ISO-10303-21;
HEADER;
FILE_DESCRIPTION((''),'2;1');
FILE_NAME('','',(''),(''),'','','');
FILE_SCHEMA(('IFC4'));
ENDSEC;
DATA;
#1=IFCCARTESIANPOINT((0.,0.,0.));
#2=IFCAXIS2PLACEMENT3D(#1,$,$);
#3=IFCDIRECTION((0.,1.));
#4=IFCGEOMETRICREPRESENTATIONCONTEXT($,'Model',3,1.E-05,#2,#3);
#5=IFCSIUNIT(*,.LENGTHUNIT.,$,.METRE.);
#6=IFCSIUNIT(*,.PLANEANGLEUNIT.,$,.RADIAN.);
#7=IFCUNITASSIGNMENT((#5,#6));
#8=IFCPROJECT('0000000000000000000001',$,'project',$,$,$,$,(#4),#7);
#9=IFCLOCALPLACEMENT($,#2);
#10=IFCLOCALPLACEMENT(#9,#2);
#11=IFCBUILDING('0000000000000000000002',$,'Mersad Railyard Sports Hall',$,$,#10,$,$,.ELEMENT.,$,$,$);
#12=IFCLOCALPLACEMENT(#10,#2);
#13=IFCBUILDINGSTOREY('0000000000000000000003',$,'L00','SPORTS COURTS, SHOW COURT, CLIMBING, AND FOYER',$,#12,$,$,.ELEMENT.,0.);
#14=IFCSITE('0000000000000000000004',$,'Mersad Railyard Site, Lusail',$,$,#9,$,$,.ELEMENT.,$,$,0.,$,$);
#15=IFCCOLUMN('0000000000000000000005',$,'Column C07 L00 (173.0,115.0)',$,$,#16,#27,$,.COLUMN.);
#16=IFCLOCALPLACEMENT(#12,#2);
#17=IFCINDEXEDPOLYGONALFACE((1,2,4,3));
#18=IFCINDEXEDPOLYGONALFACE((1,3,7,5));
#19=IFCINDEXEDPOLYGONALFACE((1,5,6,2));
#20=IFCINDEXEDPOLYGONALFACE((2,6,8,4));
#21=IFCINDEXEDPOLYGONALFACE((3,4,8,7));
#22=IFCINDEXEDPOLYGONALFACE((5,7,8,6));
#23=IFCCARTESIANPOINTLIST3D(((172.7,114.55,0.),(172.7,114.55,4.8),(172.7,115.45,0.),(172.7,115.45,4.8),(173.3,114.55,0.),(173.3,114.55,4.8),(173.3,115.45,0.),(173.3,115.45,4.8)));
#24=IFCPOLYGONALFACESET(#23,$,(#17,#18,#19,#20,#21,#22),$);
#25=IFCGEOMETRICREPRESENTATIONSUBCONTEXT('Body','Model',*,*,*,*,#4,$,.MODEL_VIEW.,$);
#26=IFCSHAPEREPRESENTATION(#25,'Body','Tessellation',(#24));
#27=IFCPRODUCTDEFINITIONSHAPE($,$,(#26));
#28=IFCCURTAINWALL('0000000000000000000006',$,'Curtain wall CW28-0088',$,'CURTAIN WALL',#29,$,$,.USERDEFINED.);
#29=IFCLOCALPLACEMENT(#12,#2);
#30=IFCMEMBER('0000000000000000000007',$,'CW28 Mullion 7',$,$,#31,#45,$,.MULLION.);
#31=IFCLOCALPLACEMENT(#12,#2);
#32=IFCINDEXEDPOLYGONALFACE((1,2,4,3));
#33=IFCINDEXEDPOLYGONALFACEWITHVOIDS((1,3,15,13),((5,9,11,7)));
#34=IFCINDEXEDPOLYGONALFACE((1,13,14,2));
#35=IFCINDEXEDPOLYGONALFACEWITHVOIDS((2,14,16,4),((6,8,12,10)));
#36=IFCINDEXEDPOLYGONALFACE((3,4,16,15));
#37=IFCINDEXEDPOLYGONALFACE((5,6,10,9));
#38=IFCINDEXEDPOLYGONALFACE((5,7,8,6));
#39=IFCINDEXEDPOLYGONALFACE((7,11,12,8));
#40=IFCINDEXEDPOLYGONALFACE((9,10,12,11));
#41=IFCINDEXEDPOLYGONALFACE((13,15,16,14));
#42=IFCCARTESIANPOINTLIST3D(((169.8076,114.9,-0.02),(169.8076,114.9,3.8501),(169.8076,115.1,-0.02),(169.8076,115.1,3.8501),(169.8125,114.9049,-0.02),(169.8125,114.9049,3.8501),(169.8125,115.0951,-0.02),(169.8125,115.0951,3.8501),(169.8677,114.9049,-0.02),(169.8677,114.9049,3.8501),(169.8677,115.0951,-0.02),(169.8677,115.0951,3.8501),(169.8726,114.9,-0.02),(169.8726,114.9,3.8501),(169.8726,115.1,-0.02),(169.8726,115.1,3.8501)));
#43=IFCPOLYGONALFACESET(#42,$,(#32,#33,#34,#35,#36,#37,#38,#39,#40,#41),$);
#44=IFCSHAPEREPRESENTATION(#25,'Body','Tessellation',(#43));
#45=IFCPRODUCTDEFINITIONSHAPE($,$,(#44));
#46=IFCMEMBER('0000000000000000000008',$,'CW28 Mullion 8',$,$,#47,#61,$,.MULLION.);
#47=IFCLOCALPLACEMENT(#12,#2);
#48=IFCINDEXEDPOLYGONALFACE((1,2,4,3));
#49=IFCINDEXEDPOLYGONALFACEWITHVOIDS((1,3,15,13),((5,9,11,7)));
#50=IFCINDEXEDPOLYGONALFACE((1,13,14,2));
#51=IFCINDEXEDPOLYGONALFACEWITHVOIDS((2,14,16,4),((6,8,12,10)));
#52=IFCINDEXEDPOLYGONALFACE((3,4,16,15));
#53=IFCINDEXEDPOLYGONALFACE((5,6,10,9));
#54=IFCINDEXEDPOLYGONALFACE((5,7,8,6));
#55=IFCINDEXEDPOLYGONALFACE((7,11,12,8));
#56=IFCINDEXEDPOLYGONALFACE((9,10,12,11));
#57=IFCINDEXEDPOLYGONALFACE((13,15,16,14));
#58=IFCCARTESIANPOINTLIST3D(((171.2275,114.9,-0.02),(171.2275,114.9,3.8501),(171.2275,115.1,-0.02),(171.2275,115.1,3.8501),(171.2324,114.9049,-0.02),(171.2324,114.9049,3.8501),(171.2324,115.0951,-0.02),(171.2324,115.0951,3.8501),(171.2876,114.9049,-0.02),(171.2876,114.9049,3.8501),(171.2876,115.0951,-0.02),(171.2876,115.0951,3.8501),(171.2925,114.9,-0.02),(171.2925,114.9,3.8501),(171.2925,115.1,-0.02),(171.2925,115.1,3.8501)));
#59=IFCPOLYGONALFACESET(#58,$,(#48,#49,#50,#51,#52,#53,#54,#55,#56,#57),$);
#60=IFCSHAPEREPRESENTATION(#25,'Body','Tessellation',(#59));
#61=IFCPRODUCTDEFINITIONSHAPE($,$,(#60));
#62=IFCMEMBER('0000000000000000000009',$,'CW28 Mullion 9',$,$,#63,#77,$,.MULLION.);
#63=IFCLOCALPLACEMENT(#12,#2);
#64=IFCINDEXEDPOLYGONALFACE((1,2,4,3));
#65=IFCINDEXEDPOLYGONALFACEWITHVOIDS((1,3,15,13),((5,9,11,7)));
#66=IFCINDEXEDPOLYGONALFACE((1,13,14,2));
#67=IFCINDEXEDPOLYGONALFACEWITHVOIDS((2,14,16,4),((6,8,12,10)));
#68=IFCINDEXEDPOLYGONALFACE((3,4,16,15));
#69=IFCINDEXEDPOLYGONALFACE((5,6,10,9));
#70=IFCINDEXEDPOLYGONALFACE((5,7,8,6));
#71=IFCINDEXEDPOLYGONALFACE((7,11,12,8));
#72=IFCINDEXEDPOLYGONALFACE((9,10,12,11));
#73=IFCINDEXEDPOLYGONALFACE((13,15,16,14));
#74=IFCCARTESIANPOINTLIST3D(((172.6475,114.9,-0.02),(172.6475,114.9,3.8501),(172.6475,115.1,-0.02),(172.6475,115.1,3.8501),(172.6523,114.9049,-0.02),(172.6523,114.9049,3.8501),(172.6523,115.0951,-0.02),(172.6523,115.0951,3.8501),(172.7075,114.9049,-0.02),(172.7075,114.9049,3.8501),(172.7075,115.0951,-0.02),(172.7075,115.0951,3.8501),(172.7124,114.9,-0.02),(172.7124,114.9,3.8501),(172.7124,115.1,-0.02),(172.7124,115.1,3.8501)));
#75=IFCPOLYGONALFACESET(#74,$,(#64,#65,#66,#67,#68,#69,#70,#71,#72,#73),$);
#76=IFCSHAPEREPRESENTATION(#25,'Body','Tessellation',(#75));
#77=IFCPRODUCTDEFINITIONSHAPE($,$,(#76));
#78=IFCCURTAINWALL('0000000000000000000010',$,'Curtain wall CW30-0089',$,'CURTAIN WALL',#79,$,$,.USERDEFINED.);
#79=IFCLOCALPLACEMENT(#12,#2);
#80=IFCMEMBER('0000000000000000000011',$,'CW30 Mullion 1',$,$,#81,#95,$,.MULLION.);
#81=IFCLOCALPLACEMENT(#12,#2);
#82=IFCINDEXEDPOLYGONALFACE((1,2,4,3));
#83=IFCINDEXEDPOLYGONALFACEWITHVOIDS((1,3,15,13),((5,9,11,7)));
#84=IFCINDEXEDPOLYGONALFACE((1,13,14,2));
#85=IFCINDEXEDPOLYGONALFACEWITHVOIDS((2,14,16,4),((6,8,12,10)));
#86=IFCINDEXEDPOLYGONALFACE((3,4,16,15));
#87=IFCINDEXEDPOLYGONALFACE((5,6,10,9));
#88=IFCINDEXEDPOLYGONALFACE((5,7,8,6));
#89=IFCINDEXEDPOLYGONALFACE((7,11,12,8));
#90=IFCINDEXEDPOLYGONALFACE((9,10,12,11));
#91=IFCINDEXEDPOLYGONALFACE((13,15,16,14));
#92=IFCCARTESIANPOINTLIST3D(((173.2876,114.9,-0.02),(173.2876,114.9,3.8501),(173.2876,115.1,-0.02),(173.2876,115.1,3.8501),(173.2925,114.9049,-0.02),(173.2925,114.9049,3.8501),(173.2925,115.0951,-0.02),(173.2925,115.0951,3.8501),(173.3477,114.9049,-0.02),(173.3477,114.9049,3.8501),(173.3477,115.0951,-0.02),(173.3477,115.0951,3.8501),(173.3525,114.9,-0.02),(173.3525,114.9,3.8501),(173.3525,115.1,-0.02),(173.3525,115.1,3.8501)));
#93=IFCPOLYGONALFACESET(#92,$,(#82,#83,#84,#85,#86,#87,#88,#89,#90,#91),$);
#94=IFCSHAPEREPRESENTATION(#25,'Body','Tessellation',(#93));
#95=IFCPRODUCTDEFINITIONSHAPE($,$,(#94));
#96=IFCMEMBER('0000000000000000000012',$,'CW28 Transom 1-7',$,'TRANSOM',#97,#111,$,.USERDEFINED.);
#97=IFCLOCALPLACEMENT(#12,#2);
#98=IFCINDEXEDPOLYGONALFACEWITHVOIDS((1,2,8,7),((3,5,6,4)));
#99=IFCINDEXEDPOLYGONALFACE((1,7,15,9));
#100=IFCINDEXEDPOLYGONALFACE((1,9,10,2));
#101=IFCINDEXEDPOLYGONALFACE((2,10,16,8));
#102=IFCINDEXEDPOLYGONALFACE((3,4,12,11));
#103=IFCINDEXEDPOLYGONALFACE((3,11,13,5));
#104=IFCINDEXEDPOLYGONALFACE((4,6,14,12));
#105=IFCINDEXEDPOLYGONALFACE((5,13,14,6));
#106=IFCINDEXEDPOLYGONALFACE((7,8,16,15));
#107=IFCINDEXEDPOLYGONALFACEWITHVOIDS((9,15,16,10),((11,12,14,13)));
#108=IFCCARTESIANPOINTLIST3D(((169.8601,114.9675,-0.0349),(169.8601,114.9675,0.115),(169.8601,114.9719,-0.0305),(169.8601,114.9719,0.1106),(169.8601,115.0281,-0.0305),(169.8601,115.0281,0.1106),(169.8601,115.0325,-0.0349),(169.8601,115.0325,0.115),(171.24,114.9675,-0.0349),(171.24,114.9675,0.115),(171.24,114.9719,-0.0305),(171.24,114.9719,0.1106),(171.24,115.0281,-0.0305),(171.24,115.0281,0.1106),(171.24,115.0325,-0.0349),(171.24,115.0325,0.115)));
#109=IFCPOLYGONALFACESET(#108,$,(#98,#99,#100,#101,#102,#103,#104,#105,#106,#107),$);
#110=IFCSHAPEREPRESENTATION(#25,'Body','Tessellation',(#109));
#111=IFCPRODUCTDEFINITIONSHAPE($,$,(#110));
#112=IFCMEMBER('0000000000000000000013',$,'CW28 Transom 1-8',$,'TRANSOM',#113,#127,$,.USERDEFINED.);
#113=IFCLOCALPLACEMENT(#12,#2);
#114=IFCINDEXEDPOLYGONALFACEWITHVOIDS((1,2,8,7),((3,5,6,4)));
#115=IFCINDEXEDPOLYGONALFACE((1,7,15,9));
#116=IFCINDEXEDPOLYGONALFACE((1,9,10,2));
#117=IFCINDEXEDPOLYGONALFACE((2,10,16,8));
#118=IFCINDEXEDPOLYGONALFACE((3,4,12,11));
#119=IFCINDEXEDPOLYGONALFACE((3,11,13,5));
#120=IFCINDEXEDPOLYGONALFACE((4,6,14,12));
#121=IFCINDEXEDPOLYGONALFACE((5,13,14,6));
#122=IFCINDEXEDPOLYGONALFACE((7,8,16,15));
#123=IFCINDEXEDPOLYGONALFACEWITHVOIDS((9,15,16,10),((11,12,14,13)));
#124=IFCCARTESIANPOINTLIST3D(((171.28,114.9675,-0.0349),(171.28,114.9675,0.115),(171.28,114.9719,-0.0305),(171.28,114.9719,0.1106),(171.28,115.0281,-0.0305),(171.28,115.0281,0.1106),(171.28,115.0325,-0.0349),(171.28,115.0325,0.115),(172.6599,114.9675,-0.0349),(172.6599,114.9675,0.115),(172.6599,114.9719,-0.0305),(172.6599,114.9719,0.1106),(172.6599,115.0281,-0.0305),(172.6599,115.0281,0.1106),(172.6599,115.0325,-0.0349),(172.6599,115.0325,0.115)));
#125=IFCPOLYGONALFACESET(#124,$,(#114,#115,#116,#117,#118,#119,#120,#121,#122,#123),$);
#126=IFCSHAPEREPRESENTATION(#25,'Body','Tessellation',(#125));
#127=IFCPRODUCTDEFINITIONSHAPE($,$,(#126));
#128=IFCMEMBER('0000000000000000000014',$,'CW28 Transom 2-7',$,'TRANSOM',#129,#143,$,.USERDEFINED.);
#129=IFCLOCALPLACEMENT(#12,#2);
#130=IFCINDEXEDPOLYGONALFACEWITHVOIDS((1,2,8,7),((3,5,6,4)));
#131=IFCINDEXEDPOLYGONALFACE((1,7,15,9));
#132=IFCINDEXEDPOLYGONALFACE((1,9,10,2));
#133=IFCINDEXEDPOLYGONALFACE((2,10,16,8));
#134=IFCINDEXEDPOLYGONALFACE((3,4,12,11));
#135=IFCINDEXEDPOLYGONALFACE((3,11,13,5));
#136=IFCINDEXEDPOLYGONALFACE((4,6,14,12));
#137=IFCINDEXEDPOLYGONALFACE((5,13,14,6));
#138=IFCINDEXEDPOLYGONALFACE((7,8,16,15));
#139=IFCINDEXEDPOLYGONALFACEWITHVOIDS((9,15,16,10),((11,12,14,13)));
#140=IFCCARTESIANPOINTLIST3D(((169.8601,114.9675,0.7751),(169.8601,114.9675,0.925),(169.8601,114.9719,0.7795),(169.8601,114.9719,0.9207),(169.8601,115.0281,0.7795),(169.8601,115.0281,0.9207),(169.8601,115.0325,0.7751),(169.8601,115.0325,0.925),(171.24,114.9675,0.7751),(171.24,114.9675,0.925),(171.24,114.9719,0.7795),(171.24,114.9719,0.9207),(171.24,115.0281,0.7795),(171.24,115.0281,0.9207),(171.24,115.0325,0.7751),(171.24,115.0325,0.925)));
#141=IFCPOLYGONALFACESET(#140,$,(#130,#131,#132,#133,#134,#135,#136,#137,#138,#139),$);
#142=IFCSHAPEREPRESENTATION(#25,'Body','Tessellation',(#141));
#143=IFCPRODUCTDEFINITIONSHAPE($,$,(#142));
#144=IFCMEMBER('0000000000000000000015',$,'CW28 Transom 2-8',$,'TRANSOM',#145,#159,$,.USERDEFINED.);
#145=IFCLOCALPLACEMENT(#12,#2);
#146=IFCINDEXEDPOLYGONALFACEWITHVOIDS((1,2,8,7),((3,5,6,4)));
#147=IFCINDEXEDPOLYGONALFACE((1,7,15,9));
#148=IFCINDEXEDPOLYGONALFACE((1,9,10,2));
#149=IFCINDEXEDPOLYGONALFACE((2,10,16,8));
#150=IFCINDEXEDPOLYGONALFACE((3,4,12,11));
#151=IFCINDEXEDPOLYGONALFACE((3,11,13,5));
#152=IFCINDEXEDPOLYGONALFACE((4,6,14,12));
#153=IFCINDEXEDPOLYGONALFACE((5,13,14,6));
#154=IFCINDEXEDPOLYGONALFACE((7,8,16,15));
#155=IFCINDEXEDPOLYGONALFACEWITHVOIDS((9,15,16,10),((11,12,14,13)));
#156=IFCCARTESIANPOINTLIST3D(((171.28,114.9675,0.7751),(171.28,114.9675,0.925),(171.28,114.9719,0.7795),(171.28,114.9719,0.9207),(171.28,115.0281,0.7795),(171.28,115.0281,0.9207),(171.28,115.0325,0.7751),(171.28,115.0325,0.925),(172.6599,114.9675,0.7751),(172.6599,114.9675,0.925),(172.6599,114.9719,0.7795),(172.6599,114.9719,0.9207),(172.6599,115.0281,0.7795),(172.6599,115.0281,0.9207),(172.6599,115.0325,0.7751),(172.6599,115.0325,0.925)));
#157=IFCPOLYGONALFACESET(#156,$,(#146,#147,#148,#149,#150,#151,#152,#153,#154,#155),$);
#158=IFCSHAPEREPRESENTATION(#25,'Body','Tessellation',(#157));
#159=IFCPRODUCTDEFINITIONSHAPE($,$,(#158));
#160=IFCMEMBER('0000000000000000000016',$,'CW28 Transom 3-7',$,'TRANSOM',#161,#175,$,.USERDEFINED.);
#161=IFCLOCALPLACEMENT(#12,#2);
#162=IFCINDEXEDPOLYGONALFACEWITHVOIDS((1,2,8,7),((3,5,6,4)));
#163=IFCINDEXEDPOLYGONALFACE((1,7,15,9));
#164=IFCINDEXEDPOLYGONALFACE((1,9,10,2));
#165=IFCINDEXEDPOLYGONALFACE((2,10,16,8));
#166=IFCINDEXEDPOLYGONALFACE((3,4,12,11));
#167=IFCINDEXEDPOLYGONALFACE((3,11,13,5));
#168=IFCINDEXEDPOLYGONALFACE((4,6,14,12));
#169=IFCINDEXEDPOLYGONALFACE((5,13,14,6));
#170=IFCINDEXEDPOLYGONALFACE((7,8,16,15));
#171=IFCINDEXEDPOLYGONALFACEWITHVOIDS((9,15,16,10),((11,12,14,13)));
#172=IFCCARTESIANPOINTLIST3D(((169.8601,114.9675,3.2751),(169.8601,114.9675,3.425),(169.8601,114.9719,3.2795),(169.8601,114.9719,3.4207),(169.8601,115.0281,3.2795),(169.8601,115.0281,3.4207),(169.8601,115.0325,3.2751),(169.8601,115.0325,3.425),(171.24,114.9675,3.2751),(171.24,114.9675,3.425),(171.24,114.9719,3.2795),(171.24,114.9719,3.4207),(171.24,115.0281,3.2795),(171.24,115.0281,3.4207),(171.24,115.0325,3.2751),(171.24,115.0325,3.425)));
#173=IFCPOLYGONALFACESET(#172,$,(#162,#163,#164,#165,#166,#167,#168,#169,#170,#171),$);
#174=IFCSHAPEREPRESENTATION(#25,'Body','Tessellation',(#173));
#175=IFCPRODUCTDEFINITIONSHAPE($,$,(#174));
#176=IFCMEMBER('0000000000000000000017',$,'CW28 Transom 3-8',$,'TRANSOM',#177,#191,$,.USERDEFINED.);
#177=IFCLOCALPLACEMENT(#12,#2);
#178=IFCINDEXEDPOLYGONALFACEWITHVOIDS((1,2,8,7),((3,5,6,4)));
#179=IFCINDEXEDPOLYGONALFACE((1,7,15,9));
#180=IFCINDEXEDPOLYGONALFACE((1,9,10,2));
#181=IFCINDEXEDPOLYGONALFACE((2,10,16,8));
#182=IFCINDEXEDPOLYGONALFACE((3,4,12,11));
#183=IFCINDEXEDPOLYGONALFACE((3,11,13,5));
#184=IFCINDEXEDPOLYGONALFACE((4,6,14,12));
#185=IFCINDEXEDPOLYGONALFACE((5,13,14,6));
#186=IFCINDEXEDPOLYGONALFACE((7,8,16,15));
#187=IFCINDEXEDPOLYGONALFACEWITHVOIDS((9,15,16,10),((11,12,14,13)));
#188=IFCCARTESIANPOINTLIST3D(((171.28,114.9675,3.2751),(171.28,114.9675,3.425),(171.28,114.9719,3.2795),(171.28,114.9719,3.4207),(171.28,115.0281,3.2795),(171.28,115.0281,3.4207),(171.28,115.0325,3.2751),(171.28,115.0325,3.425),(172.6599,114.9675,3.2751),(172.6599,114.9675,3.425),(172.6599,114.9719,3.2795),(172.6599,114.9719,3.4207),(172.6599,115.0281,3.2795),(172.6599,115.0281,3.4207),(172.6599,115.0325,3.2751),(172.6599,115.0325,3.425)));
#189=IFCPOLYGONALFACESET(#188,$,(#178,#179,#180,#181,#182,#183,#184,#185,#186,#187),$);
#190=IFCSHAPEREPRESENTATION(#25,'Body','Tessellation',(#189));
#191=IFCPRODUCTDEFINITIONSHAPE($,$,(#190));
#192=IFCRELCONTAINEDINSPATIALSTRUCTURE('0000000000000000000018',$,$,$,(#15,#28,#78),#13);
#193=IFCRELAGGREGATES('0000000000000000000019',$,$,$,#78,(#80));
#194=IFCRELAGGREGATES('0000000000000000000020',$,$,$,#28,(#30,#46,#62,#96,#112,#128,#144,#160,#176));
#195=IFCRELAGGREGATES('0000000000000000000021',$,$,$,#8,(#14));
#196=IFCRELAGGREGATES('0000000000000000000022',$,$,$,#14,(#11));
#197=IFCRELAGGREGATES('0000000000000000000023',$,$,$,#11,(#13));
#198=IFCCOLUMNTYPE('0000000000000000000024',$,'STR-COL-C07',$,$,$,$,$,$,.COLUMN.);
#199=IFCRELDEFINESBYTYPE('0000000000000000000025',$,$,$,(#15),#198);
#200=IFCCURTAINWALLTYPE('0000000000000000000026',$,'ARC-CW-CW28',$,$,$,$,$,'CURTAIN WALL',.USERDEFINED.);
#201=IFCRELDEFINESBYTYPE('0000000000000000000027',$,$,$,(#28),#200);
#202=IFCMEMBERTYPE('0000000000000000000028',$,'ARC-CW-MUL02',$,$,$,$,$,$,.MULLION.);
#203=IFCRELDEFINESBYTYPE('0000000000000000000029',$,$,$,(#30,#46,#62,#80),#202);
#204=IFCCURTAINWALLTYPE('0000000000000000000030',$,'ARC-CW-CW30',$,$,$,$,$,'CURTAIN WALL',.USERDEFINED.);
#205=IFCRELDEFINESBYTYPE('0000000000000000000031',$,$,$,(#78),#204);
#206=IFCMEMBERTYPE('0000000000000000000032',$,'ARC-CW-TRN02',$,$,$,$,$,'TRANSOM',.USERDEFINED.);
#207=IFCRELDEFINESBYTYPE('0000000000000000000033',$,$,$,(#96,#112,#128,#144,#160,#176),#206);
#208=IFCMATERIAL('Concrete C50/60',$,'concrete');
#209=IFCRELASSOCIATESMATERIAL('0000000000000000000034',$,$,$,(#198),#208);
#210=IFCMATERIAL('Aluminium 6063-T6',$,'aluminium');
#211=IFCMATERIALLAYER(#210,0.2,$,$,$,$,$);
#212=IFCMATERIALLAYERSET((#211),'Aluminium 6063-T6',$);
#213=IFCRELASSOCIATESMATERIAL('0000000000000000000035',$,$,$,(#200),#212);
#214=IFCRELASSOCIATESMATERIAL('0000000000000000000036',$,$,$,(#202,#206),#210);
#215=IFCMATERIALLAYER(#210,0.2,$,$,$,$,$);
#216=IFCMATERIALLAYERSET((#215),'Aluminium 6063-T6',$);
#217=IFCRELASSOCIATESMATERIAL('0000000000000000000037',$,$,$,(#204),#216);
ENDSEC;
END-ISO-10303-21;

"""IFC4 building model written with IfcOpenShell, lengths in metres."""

from ifc_helpers import new_model, si_unit, direction, frame, origin, origin_2d, place, context, subcontext, project, spatial, rectangle, hollow_rectangle, extrude, material, layer, layer_set, material_profile, profile_set, type_object, element, aggregate, save


model = new_model("IFC4")

# Units and contexts
model_context = context("Model", 3, precision=1e-05, world=origin(), true_north=direction((0.0, 1.0)))
body_context = subcontext(model_context, "Body", "Model", "MODEL_VIEW")
ifc_project = project(units=[si_unit("LENGTHUNIT", "METRE"), si_unit("PLANEANGLEUNIT", "RADIAN")], contexts=[model_context])

# Site, building, storey
site_placement = place(None, origin())
site = spatial("IfcSite", under=ifc_project, at=site_placement, Name="Mersad Railyard Site, Lusail", CompositionType="ELEMENT", RefElevation=0.0)
building_placement = place(site_placement, origin())
building = spatial("IfcBuilding", under=site, at=building_placement, Name="Mersad Railyard Sports Hall", CompositionType="ELEMENT")
storey_placement = place(building_placement, origin())
storey = spatial("IfcBuildingStorey", under=building, at=storey_placement, Name="L00", Description="SPORTS COURTS, SHOW COURT, CLIMBING, AND FOYER", CompositionType="ELEMENT", Elevation=0.0)

# Column
ifc_material_1 = material(Name="Concrete C50/60", Category="concrete")
ifc_material_profile_1 = material_profile(ifc_material_1, rectangle(XDim=0.6001, YDim=0.8999, at=origin_2d()), Name="RC 600x900")
ifc_profile_set_1 = profile_set([ifc_material_profile_1], Name="Concrete C50/60")
column_type = type_object("IfcColumnType", Name="STR-COL-C07", PredefinedType="COLUMN", material=ifc_profile_set_1)
column_placement = place(storey_placement, frame((173.0, 115.0, 0.0), z_axis=(0.0, 0.0, 1.0), x_axis=(1.0, 0.0, 0.0)))
element("IfcColumn", 1, at=column_placement, inside=storey, type_object=column_type, Name="Column C07 L00 (173.0,115.0)", PredefinedType="COLUMN", context=body_context, shape_type="SweptSolid", body=[
    extrude(rectangle(XDim=0.6001, YDim=0.8999, at=origin_2d()), origin(), (0.0, 0.0, 1.0), 4.8),
])

# Curtain wall, members
ifc_material_2 = material(Name="Aluminium 6063-T6", Category="aluminium")
ifc_layer_1 = layer(ifc_material_2, 0.2)
ifc_layer_set_1 = layer_set([ifc_layer_1], Name="Aluminium 6063-T6")
curtain_wall_type_1 = type_object("IfcCurtainWallType", Name="ARC-CW-CW28", ElementType="CURTAIN WALL", PredefinedType="USERDEFINED", material=ifc_layer_set_1)
curtain_wall_1_placement = place(storey_placement, origin())
curtain_wall_1 = element("IfcCurtainWall", 2, at=curtain_wall_1_placement, inside=storey, type_object=curtain_wall_type_1, Name="Curtain wall CW28-0088", ObjectType="CURTAIN WALL", PredefinedType="USERDEFINED")
ifc_material_profile_2 = material_profile(ifc_material_2, hollow_rectangle(XDim=0.0649, YDim=0.2, WallThickness=0.0049, at=origin_2d()), Name="AL MULLION 65x200x5")
ifc_profile_set_2 = profile_set([ifc_material_profile_2], Name="Aluminium 6063-T6")
member_type_1 = type_object("IfcMemberType", Name="ARC-CW-MUL02", PredefinedType="MULLION", material=ifc_profile_set_2)
member_1_placement = place(storey_placement, frame((169.8401, 115.0, -0.02), z_axis=(0.0, 0.0, 1.0), x_axis=(1.0, 0.0, 0.0)))
member_1 = element("IfcMember", 3, at=member_1_placement, type_object=member_type_1, Name="CW28 Mullion 7", PredefinedType="MULLION", context=body_context, shape_type="SweptSolid", body=[
    extrude(hollow_rectangle(XDim=0.0649, YDim=0.2, WallThickness=0.0049, at=origin_2d()), origin(), (0.0, 0.0, 1.0), 3.8701),
])
member_2_placement = place(storey_placement, frame((171.26, 115.0, -0.02), z_axis=(0.0, 0.0, 1.0), x_axis=(1.0, 0.0, 0.0)))
member_2 = element("IfcMember", 4, at=member_2_placement, type_object=member_type_1, Name="CW28 Mullion 8", PredefinedType="MULLION", context=body_context, shape_type="SweptSolid", body=[
    extrude(hollow_rectangle(XDim=0.0649, YDim=0.2, WallThickness=0.0049, at=origin_2d()), origin(), (0.0, 0.0, 1.0), 3.8701),
])
member_3_placement = place(storey_placement, frame((172.6799, 115.0, -0.02), z_axis=(0.0, 0.0, 1.0), x_axis=(1.0, 0.0, 0.0)))
member_3 = element("IfcMember", 5, at=member_3_placement, type_object=member_type_1, Name="CW28 Mullion 9", PredefinedType="MULLION", context=body_context, shape_type="SweptSolid", body=[
    extrude(hollow_rectangle(XDim=0.0649, YDim=0.2, WallThickness=0.0049, at=origin_2d()), origin(), (0.0, 0.0, 1.0), 3.8701),
])

# Curtain wall, member
ifc_layer_2 = layer(ifc_material_2, 0.2)
ifc_layer_set_2 = layer_set([ifc_layer_2], Name="Aluminium 6063-T6")
curtain_wall_type_2 = type_object("IfcCurtainWallType", Name="ARC-CW-CW30", ElementType="CURTAIN WALL", PredefinedType="USERDEFINED", material=ifc_layer_set_2)
curtain_wall_2_placement = place(storey_placement, origin())
curtain_wall_2 = element("IfcCurtainWall", 6, at=curtain_wall_2_placement, inside=storey, type_object=curtain_wall_type_2, Name="Curtain wall CW30-0089", ObjectType="CURTAIN WALL", PredefinedType="USERDEFINED")
member_4_placement = place(storey_placement, frame((173.3201, 115.0, -0.02), z_axis=(0.0, 0.0, 1.0), x_axis=(1.0, 0.0, 0.0)))
member_4 = element("IfcMember", 7, at=member_4_placement, type_object=member_type_1, Name="CW30 Mullion 1", PredefinedType="MULLION", context=body_context, shape_type="SweptSolid", body=[
    extrude(hollow_rectangle(XDim=0.0649, YDim=0.2, WallThickness=0.0049, at=origin_2d()), origin(), (0.0, 0.0, 1.0), 3.8701),
])

# Members
ifc_material_profile_3 = material_profile(ifc_material_2, hollow_rectangle(XDim=0.0649, YDim=0.1499, WallThickness=0.0044, at=origin_2d()), Name="AL TRANSOM 65x150x4.5")
ifc_profile_set_3 = profile_set([ifc_material_profile_3], Name="Aluminium 6063-T6")
member_type_2 = type_object("IfcMemberType", Name="ARC-CW-TRN02", ElementType="TRANSOM", PredefinedType="USERDEFINED", material=ifc_profile_set_3)
member_5_placement = place(storey_placement, frame((169.8601, 115.0, 0.04), z_axis=(1.0, 0.0, 0.0), x_axis=(0.0, 1.0, 0.0)))
member_5 = element("IfcMember", 8, at=member_5_placement, type_object=member_type_2, Name="CW28 Transom 1-7", ObjectType="TRANSOM", PredefinedType="USERDEFINED", context=body_context, shape_type="SweptSolid", body=[
    extrude(hollow_rectangle(XDim=0.0649, YDim=0.1499, WallThickness=0.0044, at=origin_2d()), origin(), (0.0, 0.0, 1.0), 1.3799),
])
member_6_placement = place(storey_placement, frame((171.28, 115.0, 0.04), z_axis=(1.0, 0.0, 0.0), x_axis=(0.0, 1.0, 0.0)))
member_6 = element("IfcMember", 9, at=member_6_placement, type_object=member_type_2, Name="CW28 Transom 1-8", ObjectType="TRANSOM", PredefinedType="USERDEFINED", context=body_context, shape_type="SweptSolid", body=[
    extrude(hollow_rectangle(XDim=0.0649, YDim=0.1499, WallThickness=0.0044, at=origin_2d()), origin(), (0.0, 0.0, 1.0), 1.3799),
])
member_7_placement = place(storey_placement, frame((169.8601, 115.0, 0.8501), z_axis=(1.0, 0.0, 0.0), x_axis=(0.0, 1.0, 0.0)))
member_7 = element("IfcMember", 10, at=member_7_placement, type_object=member_type_2, Name="CW28 Transom 2-7", ObjectType="TRANSOM", PredefinedType="USERDEFINED", context=body_context, shape_type="SweptSolid", body=[
    extrude(hollow_rectangle(XDim=0.0649, YDim=0.1499, WallThickness=0.0044, at=origin_2d()), origin(), (0.0, 0.0, 1.0), 1.3799),
])
member_8_placement = place(storey_placement, frame((171.28, 115.0, 0.8501), z_axis=(1.0, 0.0, 0.0), x_axis=(0.0, 1.0, 0.0)))
member_8 = element("IfcMember", 11, at=member_8_placement, type_object=member_type_2, Name="CW28 Transom 2-8", ObjectType="TRANSOM", PredefinedType="USERDEFINED", context=body_context, shape_type="SweptSolid", body=[
    extrude(hollow_rectangle(XDim=0.0649, YDim=0.1499, WallThickness=0.0044, at=origin_2d()), origin(), (0.0, 0.0, 1.0), 1.3799),
])
member_9_placement = place(storey_placement, frame((169.8601, 115.0, 3.3501), z_axis=(1.0, 0.0, 0.0), x_axis=(0.0, 1.0, 0.0)))
member_9 = element("IfcMember", 12, at=member_9_placement, type_object=member_type_2, Name="CW28 Transom 3-7", ObjectType="TRANSOM", PredefinedType="USERDEFINED", context=body_context, shape_type="SweptSolid", body=[
    extrude(hollow_rectangle(XDim=0.0649, YDim=0.1499, WallThickness=0.0044, at=origin_2d()), origin(), (0.0, 0.0, 1.0), 1.3799),
])
member_10_placement = place(storey_placement, frame((171.28, 115.0, 3.3501), z_axis=(1.0, 0.0, 0.0), x_axis=(0.0, 1.0, 0.0)))
member_10 = element("IfcMember", 13, at=member_10_placement, type_object=member_type_2, Name="CW28 Transom 3-8", ObjectType="TRANSOM", PredefinedType="USERDEFINED", context=body_context, shape_type="SweptSolid", body=[
    extrude(hollow_rectangle(XDim=0.0649, YDim=0.1499, WallThickness=0.0044, at=origin_2d()), origin(), (0.0, 0.0, 1.0), 1.3799),
])
aggregate(curtain_wall_2, [member_4])

aggregate(curtain_wall_1, [member_1, member_2, member_3, member_5, member_6, member_7, member_8, member_9, member_10])

save(model, "model.ifc")
